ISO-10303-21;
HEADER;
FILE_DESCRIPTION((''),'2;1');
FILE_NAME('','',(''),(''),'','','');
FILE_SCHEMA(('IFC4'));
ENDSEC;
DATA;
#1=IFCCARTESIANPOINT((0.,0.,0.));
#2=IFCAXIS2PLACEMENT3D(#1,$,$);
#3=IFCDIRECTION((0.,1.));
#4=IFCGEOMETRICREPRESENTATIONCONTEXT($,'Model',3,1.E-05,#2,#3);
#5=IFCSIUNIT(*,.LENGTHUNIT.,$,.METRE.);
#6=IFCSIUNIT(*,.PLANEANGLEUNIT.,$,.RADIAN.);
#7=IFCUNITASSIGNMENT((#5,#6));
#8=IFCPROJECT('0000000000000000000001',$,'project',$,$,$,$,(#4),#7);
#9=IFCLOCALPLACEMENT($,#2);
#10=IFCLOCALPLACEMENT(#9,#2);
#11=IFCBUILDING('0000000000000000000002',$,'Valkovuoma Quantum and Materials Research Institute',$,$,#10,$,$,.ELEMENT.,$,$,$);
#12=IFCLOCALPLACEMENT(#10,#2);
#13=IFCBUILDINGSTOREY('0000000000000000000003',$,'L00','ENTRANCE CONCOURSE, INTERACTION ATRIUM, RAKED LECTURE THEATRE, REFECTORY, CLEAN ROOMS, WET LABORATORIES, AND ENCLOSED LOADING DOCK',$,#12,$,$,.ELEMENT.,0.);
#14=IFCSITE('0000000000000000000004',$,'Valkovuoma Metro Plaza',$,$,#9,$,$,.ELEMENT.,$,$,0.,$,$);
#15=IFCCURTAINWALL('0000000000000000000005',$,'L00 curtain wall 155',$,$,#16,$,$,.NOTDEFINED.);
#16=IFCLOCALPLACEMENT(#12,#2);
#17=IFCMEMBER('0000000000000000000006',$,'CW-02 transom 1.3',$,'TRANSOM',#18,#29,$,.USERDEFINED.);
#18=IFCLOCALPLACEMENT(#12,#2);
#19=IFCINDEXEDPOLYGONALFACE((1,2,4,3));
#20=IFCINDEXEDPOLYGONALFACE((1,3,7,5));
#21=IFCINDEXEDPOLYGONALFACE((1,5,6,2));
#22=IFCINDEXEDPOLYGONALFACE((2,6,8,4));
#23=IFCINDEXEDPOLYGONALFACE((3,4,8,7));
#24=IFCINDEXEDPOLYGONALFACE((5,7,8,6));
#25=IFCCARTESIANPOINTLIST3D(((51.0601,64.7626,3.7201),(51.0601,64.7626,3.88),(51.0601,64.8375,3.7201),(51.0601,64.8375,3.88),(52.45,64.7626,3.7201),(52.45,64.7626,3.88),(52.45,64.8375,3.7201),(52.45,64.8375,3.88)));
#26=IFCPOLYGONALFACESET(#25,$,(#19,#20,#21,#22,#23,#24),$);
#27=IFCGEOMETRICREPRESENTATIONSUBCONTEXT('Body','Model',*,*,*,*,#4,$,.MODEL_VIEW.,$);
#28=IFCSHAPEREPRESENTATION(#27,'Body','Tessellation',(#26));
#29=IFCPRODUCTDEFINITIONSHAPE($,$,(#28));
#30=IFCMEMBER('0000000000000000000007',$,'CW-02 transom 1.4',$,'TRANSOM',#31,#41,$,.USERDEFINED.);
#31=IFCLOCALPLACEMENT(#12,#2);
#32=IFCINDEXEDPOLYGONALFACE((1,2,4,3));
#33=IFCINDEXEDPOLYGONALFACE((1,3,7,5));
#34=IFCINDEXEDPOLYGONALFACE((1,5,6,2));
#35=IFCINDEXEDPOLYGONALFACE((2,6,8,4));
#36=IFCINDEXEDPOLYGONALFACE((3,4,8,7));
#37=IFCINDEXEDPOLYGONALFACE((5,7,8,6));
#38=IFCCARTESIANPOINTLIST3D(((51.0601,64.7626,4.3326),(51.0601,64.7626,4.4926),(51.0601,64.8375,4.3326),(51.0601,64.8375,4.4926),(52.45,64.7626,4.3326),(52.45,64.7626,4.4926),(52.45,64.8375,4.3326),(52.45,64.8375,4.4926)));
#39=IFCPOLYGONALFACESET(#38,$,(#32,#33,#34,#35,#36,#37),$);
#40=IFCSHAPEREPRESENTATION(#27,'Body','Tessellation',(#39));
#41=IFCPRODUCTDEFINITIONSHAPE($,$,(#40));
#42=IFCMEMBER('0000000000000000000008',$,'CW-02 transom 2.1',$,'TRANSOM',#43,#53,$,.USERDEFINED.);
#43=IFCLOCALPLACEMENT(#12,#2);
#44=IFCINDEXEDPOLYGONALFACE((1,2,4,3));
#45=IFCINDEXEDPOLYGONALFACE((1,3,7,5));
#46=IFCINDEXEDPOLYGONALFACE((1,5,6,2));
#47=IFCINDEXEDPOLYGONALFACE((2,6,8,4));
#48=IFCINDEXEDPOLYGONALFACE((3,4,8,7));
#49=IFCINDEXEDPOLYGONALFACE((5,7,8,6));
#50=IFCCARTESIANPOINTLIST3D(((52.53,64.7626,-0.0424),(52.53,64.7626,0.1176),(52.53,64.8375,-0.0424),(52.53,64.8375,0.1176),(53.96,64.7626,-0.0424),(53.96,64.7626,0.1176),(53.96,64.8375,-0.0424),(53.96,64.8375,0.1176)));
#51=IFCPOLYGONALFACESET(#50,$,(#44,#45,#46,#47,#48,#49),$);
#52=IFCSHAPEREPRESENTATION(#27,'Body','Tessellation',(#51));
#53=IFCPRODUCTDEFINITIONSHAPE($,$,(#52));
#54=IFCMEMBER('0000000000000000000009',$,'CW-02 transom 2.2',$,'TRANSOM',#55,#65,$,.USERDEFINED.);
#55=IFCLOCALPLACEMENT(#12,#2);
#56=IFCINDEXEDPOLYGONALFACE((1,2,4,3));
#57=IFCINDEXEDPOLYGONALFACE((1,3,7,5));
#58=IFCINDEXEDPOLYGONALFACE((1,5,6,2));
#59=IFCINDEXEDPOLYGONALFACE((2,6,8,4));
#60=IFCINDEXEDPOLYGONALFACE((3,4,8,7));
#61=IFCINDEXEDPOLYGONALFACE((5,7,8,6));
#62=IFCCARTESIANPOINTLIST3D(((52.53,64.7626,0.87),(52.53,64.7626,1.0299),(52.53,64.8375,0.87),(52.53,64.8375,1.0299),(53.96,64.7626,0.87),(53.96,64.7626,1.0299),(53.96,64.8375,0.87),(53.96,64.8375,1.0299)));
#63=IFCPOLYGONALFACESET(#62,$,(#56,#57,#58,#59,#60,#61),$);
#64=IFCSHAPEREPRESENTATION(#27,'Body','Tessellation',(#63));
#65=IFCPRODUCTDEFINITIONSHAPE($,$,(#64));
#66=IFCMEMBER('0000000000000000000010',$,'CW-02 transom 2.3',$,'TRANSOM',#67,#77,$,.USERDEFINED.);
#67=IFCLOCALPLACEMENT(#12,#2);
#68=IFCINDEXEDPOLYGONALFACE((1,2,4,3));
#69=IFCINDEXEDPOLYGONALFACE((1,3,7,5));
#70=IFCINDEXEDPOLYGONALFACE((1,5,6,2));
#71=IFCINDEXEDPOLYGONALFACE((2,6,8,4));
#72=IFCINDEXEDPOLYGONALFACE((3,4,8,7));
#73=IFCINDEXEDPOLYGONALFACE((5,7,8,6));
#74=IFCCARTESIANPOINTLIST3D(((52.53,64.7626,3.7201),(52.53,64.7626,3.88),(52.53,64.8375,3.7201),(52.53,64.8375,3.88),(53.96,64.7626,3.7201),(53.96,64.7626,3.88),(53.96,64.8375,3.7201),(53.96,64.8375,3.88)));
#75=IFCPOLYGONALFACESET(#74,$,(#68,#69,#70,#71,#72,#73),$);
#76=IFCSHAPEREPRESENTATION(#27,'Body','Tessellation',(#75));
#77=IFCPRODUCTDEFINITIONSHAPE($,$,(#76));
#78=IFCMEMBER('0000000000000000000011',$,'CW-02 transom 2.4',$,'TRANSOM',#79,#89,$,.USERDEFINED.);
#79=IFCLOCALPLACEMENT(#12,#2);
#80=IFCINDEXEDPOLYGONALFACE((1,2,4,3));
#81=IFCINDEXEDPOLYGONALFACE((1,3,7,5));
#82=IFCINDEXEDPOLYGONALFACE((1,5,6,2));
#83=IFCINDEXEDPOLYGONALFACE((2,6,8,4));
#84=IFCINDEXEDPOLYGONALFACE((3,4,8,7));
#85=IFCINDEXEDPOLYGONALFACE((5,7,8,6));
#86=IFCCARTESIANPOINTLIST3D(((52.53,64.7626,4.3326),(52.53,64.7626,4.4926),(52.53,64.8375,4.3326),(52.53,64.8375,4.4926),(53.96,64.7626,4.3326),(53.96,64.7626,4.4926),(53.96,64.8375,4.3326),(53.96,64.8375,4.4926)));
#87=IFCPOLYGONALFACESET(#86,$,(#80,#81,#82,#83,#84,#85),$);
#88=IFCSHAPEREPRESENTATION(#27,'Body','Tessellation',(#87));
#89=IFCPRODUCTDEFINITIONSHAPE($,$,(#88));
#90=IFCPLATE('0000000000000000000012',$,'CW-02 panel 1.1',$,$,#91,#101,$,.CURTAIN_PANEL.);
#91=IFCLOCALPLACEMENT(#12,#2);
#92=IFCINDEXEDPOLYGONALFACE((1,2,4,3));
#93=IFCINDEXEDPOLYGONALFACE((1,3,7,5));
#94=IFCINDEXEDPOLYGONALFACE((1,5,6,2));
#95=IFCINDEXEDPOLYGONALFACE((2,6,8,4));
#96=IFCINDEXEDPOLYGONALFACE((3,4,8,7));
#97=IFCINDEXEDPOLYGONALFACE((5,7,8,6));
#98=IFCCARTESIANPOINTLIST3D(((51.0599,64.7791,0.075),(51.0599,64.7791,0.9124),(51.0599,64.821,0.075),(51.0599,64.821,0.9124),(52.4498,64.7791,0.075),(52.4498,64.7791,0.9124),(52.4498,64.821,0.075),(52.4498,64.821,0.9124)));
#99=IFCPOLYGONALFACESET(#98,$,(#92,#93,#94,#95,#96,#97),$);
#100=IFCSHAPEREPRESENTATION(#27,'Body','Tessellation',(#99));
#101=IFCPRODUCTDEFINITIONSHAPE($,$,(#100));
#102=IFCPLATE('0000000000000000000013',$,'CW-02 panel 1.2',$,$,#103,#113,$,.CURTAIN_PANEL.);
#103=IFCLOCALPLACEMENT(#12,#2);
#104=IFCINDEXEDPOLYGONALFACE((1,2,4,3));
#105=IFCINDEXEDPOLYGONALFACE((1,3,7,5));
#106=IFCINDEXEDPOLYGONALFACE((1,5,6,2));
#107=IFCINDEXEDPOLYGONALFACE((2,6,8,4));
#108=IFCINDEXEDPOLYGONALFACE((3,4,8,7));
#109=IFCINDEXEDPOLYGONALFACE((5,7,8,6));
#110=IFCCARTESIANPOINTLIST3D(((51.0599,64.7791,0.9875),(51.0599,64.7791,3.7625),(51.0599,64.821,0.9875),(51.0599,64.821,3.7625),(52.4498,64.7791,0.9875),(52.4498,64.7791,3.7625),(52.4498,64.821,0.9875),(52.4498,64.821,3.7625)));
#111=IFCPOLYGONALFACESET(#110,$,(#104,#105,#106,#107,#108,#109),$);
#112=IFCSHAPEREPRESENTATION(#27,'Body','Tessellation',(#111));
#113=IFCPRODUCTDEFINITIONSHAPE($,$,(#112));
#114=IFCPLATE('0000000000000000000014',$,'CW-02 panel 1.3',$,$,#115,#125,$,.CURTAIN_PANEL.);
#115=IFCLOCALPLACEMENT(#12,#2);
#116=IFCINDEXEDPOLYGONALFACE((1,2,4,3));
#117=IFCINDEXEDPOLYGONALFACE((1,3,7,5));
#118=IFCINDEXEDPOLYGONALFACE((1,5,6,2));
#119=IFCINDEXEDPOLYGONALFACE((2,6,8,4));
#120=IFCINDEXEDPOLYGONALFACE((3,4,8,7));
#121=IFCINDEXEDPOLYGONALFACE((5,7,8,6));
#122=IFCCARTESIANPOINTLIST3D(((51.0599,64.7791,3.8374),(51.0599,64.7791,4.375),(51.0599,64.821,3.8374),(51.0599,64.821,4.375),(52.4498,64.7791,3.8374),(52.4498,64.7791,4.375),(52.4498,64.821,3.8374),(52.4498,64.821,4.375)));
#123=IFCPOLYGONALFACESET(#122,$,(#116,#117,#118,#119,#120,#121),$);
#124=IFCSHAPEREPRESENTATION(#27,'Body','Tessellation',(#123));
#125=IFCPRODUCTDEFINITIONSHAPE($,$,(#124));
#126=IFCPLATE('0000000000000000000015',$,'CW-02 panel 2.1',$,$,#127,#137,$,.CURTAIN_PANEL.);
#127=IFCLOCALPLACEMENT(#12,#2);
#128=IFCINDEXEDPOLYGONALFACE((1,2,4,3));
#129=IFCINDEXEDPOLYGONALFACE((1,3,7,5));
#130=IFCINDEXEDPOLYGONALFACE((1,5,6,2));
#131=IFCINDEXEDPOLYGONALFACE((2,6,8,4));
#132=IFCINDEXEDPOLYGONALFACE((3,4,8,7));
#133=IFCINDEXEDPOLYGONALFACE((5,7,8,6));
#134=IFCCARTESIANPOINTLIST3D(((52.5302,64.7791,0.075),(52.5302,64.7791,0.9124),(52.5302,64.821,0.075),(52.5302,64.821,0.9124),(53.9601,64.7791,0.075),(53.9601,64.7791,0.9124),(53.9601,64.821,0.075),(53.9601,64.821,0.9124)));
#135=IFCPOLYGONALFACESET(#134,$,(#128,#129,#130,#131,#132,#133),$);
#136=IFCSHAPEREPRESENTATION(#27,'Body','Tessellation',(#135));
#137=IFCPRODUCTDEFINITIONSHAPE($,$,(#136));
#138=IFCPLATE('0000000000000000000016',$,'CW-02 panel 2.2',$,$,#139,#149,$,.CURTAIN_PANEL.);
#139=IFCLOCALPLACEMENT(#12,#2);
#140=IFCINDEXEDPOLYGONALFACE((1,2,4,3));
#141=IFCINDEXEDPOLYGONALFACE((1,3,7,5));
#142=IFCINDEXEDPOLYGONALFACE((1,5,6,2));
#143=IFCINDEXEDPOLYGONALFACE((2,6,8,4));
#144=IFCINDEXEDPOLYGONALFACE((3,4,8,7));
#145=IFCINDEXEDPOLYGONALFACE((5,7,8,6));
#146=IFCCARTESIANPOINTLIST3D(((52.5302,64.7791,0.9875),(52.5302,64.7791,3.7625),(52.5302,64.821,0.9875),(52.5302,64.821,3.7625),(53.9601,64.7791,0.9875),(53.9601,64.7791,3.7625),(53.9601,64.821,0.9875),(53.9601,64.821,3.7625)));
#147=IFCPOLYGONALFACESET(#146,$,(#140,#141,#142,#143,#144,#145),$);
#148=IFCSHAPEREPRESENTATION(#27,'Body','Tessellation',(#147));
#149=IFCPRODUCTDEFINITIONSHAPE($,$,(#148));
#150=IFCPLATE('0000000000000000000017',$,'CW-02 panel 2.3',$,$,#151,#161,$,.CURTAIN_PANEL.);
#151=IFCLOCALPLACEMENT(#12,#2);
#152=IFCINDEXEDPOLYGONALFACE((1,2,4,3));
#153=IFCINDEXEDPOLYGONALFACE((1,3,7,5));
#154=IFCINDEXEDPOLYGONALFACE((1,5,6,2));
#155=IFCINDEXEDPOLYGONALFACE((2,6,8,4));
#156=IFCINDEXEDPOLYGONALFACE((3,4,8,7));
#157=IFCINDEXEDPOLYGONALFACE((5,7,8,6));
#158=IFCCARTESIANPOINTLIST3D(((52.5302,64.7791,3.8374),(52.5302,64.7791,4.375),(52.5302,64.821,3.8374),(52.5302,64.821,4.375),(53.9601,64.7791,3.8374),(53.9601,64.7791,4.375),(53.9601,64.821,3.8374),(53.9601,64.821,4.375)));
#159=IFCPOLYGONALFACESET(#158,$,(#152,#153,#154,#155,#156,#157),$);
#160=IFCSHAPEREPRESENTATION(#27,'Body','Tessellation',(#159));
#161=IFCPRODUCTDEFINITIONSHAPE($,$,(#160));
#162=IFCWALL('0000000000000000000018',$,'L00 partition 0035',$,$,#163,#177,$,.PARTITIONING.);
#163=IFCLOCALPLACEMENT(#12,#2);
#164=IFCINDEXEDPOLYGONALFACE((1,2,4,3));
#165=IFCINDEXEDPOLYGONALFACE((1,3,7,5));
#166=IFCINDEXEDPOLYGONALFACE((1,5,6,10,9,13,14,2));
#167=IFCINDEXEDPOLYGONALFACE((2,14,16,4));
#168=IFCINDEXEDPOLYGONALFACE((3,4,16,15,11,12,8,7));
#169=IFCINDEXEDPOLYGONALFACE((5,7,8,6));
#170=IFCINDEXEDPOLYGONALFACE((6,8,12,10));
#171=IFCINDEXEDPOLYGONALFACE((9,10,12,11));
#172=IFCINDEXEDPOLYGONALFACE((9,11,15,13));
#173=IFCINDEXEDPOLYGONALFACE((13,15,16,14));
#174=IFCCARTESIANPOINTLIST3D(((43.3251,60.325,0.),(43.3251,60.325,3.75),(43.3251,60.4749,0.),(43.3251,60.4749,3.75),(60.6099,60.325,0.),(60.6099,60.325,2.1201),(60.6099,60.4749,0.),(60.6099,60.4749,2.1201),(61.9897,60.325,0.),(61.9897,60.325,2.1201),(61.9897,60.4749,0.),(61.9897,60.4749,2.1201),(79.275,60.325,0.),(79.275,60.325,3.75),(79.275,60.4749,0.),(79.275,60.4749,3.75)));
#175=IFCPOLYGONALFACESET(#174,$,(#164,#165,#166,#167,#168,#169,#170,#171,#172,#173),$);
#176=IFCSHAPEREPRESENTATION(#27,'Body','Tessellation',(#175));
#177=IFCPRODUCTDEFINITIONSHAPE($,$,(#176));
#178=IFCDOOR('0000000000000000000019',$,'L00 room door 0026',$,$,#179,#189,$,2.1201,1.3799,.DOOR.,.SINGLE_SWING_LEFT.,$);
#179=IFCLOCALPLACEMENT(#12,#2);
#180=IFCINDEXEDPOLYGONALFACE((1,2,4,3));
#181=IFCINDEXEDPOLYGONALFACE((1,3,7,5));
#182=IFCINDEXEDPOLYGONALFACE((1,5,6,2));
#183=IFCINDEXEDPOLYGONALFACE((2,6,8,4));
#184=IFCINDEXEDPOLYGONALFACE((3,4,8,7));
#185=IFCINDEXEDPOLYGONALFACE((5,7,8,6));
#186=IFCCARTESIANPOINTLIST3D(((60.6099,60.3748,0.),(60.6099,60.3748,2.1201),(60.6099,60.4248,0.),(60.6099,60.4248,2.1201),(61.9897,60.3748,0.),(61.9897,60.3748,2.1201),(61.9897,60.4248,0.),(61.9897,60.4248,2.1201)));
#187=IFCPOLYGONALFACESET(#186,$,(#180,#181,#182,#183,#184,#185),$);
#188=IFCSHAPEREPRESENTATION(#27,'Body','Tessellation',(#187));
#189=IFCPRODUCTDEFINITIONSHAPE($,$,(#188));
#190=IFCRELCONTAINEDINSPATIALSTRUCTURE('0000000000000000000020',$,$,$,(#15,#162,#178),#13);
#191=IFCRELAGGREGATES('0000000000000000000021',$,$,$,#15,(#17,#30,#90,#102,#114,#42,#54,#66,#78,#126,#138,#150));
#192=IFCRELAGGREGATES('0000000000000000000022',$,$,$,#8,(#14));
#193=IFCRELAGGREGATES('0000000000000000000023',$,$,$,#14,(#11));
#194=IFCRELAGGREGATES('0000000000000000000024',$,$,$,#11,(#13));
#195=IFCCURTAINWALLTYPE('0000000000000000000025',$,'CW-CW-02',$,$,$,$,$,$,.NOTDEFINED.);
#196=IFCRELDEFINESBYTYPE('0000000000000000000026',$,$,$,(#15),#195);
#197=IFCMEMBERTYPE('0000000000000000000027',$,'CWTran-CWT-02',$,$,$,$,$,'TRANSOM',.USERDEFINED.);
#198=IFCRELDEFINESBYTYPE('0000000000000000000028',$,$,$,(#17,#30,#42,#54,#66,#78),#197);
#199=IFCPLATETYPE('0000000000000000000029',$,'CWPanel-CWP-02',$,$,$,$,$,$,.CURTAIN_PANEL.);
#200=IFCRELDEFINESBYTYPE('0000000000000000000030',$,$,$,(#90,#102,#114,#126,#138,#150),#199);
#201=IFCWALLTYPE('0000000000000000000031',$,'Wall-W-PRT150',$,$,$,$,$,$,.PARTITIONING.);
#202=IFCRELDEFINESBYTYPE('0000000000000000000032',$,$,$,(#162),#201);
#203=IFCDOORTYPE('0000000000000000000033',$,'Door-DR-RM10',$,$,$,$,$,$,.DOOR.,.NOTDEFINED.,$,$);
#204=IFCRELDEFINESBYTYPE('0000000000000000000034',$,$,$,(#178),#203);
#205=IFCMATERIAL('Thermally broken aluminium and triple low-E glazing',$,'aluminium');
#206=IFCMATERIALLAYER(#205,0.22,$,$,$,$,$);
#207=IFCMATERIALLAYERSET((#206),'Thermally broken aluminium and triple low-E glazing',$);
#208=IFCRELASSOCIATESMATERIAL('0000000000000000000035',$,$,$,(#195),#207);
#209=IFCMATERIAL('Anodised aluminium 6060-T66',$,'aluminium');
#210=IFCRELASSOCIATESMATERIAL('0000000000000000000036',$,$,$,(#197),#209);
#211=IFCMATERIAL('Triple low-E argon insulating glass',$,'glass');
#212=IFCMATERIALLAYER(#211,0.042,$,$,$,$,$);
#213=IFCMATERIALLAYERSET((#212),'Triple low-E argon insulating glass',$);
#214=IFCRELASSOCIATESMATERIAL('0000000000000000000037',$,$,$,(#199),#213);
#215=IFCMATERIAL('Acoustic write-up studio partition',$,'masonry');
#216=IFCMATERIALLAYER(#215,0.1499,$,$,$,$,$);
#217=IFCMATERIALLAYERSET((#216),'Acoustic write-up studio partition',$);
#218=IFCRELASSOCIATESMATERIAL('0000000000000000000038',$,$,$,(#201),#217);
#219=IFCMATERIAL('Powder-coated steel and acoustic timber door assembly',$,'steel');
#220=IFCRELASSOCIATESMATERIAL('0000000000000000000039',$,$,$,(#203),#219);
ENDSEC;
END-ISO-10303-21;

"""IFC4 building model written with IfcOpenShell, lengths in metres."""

from ifc_helpers import new_model, si_unit, direction, frame, frame_2d, origin, origin_2d, place, context, subcontext, project, spatial, rectangle, extrude, material, layer, layer_set, material_profile, profile_set, type_object, element, fill, aggregate, save


model = new_model("IFC4")

# Units and contexts
model_context = context("Model", 3, precision=1e-05, world=origin(), true_north=direction((0.0, 1.0)))
body_context = subcontext(model_context, "Body", "Model", "MODEL_VIEW")
ifc_project = project(units=[si_unit("LENGTHUNIT", "METRE"), si_unit("PLANEANGLEUNIT", "RADIAN")], contexts=[model_context])

# Site, building, storey
site_placement = place(None, origin())
site = spatial("IfcSite", under=ifc_project, at=site_placement, Name="Valkovuoma Metro Plaza", CompositionType="ELEMENT", RefElevation=0.0)
building_placement = place(site_placement, origin())
building = spatial("IfcBuilding", under=site, at=building_placement, Name="Valkovuoma Quantum and Materials Research Institute", CompositionType="ELEMENT")
storey_placement = place(building_placement, origin())
storey = spatial("IfcBuildingStorey", under=building, at=storey_placement, Name="L00", Description="ENTRANCE CONCOURSE, INTERACTION ATRIUM, RAKED LECTURE THEATRE, REFECTORY, CLEAN ROOMS, WET LABORATORIES, AND ENCLOSED LOADING DOCK", CompositionType="ELEMENT", Elevation=0.0)

# Curtain wall, members, plates
ifc_material_1 = material(Name="Thermally broken aluminium and triple low-E glazing", Category="aluminium")
ifc_layer_1 = layer(ifc_material_1, 0.22)
ifc_layer_set_1 = layer_set([ifc_layer_1], Name="Thermally broken aluminium and triple low-E glazing")
curtain_wall_type = type_object("IfcCurtainWallType", Name="CW-CW-02", PredefinedType="NOTDEFINED", material=ifc_layer_set_1)
curtain_wall_placement = place(storey_placement, origin())
curtain_wall = element("IfcCurtainWall", 1, at=curtain_wall_placement, inside=storey, type_object=curtain_wall_type, Name="L00 curtain wall 155", PredefinedType="NOTDEFINED")
ifc_material_2 = material(Name="Anodised aluminium 6060-T66", Category="aluminium")
ifc_material_profile_1 = material_profile(ifc_material_2, rectangle(XDim=0.075, YDim=0.1599, at=origin_2d()), Name="Anodised aluminium 6060-T66")
ifc_profile_set_1 = profile_set([ifc_material_profile_1], Name="Anodised aluminium 6060-T66")
member_type_1 = type_object("IfcMemberType", Name="CWTran-CWT-02", ElementType="TRANSOM", PredefinedType="USERDEFINED", material=ifc_profile_set_1)
member_1_placement = place(storey_placement, frame((51.0601, 64.8, 3.8), z_axis=(1.0, 0.0, 0.0), x_axis=(0.0, 1.0, 0.0)))
member_1 = element("IfcMember", 2, at=member_1_placement, type_object=member_type_1, Name="CW-02 transom 1.3", ObjectType="TRANSOM", PredefinedType="USERDEFINED", context=body_context, shape_type="SweptSolid", body=[
    extrude(rectangle(XDim=0.075, YDim=0.1599, at=origin_2d()), origin(), (0.0, 0.0, 1.0), 1.3899),
])
member_2_placement = place(storey_placement, frame((51.0601, 64.8, 4.4126), z_axis=(1.0, 0.0, 0.0), x_axis=(0.0, 1.0, 0.0)))
member_2 = element("IfcMember", 3, at=member_2_placement, type_object=member_type_1, Name="CW-02 transom 1.4", ObjectType="TRANSOM", PredefinedType="USERDEFINED", context=body_context, shape_type="SweptSolid", body=[
    extrude(rectangle(XDim=0.075, YDim=0.1599, at=origin_2d()), origin(), (0.0, 0.0, 1.0), 1.3899),
])
member_3_placement = place(storey_placement, frame((52.53, 64.8, 0.0376), z_axis=(1.0, 0.0, 0.0), x_axis=(0.0, 1.0, 0.0)))
member_3 = element("IfcMember", 4, at=member_3_placement, type_object=member_type_1, Name="CW-02 transom 2.1", ObjectType="TRANSOM", PredefinedType="USERDEFINED", context=body_context, shape_type="SweptSolid", body=[
    extrude(rectangle(XDim=0.075, YDim=0.1599, at=origin_2d()), origin(), (0.0, 0.0, 1.0), 1.4299),
])
member_4_placement = place(storey_placement, frame((52.53, 64.8, 0.95), z_axis=(1.0, 0.0, 0.0), x_axis=(0.0, 1.0, 0.0)))
member_4 = element("IfcMember", 5, at=member_4_placement, type_object=member_type_1, Name="CW-02 transom 2.2", ObjectType="TRANSOM", PredefinedType="USERDEFINED", context=body_context, shape_type="SweptSolid", body=[
    extrude(rectangle(XDim=0.075, YDim=0.1599, at=origin_2d()), origin(), (0.0, 0.0, 1.0), 1.4299),
])
member_5_placement = place(storey_placement, frame((52.53, 64.8, 3.8), z_axis=(1.0, 0.0, 0.0), x_axis=(0.0, 1.0, 0.0)))
member_5 = element("IfcMember", 6, at=member_5_placement, type_object=member_type_1, Name="CW-02 transom 2.3", ObjectType="TRANSOM", PredefinedType="USERDEFINED", context=body_context, shape_type="SweptSolid", body=[
    extrude(rectangle(XDim=0.075, YDim=0.1599, at=origin_2d()), origin(), (0.0, 0.0, 1.0), 1.4299),
])
member_6_placement = place(storey_placement, frame((52.53, 64.8, 4.4126), z_axis=(1.0, 0.0, 0.0), x_axis=(0.0, 1.0, 0.0)))
member_6 = element("IfcMember", 7, at=member_6_placement, type_object=member_type_1, Name="CW-02 transom 2.4", ObjectType="TRANSOM", PredefinedType="USERDEFINED", context=body_context, shape_type="SweptSolid", body=[
    extrude(rectangle(XDim=0.075, YDim=0.1599, at=origin_2d()), origin(), (0.0, 0.0, 1.0), 1.4299),
])
ifc_material_3 = material(Name="Triple low-E argon insulating glass", Category="glass")
ifc_layer_2 = layer(ifc_material_3, 0.042)
ifc_layer_set_2 = layer_set([ifc_layer_2], Name="Triple low-E argon insulating glass")
plate_type = type_object("IfcPlateType", Name="CWPanel-CWP-02", PredefinedType="CURTAIN_PANEL", material=ifc_layer_set_2)
plate_1_placement = place(storey_placement, frame((51.7549, 64.8, 0.075), z_axis=(0.0, 0.0, 1.0), x_axis=(1.0, 0.0, 0.0)))
plate_1 = element("IfcPlate", 8, at=plate_1_placement, type_object=plate_type, Name="CW-02 panel 1.1", PredefinedType="CURTAIN_PANEL", context=body_context, shape_type="SweptSolid", body=[
    extrude(rectangle(XDim=1.3899, YDim=0.042, at=origin_2d()), origin(), (0.0, 0.0, 1.0), 0.8374),
])
plate_2_placement = place(storey_placement, frame((51.7549, 64.8, 0.9875), z_axis=(0.0, 0.0, 1.0), x_axis=(1.0, 0.0, 0.0)))
plate_2 = element("IfcPlate", 9, at=plate_2_placement, type_object=plate_type, Name="CW-02 panel 1.2", PredefinedType="CURTAIN_PANEL", context=body_context, shape_type="SweptSolid", body=[
    extrude(rectangle(XDim=1.3899, YDim=0.042, at=origin_2d()), origin(), (0.0, 0.0, 1.0), 2.7749),
])
plate_3_placement = place(storey_placement, frame((51.7549, 64.8, 3.8374), z_axis=(0.0, 0.0, 1.0), x_axis=(1.0, 0.0, 0.0)))
plate_3 = element("IfcPlate", 10, at=plate_3_placement, type_object=plate_type, Name="CW-02 panel 1.3", PredefinedType="CURTAIN_PANEL", context=body_context, shape_type="SweptSolid", body=[
    extrude(rectangle(XDim=1.3899, YDim=0.042, at=origin_2d()), origin(), (0.0, 0.0, 1.0), 0.5376),
])
plate_4_placement = place(storey_placement, frame((53.2451, 64.8, 0.075), z_axis=(0.0, 0.0, 1.0), x_axis=(1.0, 0.0, 0.0)))
plate_4 = element("IfcPlate", 11, at=plate_4_placement, type_object=plate_type, Name="CW-02 panel 2.1", PredefinedType="CURTAIN_PANEL", context=body_context, shape_type="SweptSolid", body=[
    extrude(rectangle(XDim=1.4299, YDim=0.042, at=origin_2d()), origin(), (0.0, 0.0, 1.0), 0.8374),
])
plate_5_placement = place(storey_placement, frame((53.2451, 64.8, 0.9875), z_axis=(0.0, 0.0, 1.0), x_axis=(1.0, 0.0, 0.0)))
plate_5 = element("IfcPlate", 12, at=plate_5_placement, type_object=plate_type, Name="CW-02 panel 2.2", PredefinedType="CURTAIN_PANEL", context=body_context, shape_type="SweptSolid", body=[
    extrude(rectangle(XDim=1.4299, YDim=0.042, at=origin_2d()), origin(), (0.0, 0.0, 1.0), 2.7749),
])
plate_6_placement = place(storey_placement, frame((53.2451, 64.8, 3.8374), z_axis=(0.0, 0.0, 1.0), x_axis=(1.0, 0.0, 0.0)))
plate_6 = element("IfcPlate", 13, at=plate_6_placement, type_object=plate_type, Name="CW-02 panel 2.3", PredefinedType="CURTAIN_PANEL", context=body_context, shape_type="SweptSolid", body=[
    extrude(rectangle(XDim=1.4299, YDim=0.042, at=origin_2d()), origin(), (0.0, 0.0, 1.0), 0.5376),
])
aggregate(curtain_wall, [member_1, member_2, plate_1, plate_2, plate_3, member_3, member_4, member_5, member_6, plate_4, plate_5, plate_6])

# Wall, opening, door
ifc_material_4 = material(Name="Acoustic write-up studio partition", Category="masonry")
ifc_layer_3 = layer(ifc_material_4, 0.1499)
ifc_layer_set_3 = layer_set([ifc_layer_3], Name="Acoustic write-up studio partition")
wall_type = type_object("IfcWallType", Name="Wall-W-PRT150", PredefinedType="PARTITIONING", material=ifc_layer_set_3)
wall_placement = place(storey_placement, frame((43.325, 60.3999, 0.0), z_axis=(0.0, 0.0, 1.0), x_axis=(1.0, 0.0, 0.0)))
wall = element("IfcWall", 14, at=wall_placement, inside=storey, type_object=wall_type, Name="L00 partition 0035", PredefinedType="PARTITIONING", context=body_context, shape_type="SweptSolid", body=[
    extrude(rectangle(XDim=35.95, YDim=0.1499, at=frame_2d((17.9751, 0.0))), origin(), (0.0, 0.0, 1.0), 3.75),
])
opening_placement = place(wall_placement, frame((17.2849, 0.0, 0.0)))
opening = element("IfcOpeningElement", 15, at=opening_placement, cuts=wall, PredefinedType="OPENING", context=body_context, shape_type="SweptSolid", body=[
    extrude(rectangle(XDim=1.3799, YDim=2.1201, at=frame_2d((0.6899, 1.0601))), frame((0.0, 0.085, 0.0), z_axis=(0.0, -1.0, 0.0), x_axis=(1.0, 0.0, 0.0)), (0.0, 0.0, 1.0), 0.1699),
])
ifc_material_5 = material(Name="Powder-coated steel and acoustic timber door assembly", Category="steel")
door_type = type_object("IfcDoorType", Name="Door-DR-RM10", OperationType="NOTDEFINED", PredefinedType="DOOR", material=ifc_material_5)
door_placement = place(opening_placement, origin())
door = element("IfcDoor", 16, at=door_placement, inside=storey, type_object=door_type, Name="L00 room door 0026", OperationType="SINGLE_SWING_LEFT", OverallHeight=2.1201, OverallWidth=1.3799, PredefinedType="DOOR", context=body_context, shape_type="SweptSolid", body=[
    extrude(rectangle(XDim=1.3799, YDim=2.1201, at=frame_2d((0.6899, 1.0601))), frame((0.0, 0.0249, 0.0), z_axis=(0.0, -1.0, 0.0), x_axis=(1.0, 0.0, 0.0)), (0.0, 0.0, 1.0), 0.05),
])
fill(opening, door)

save(model, "model.ifc")
